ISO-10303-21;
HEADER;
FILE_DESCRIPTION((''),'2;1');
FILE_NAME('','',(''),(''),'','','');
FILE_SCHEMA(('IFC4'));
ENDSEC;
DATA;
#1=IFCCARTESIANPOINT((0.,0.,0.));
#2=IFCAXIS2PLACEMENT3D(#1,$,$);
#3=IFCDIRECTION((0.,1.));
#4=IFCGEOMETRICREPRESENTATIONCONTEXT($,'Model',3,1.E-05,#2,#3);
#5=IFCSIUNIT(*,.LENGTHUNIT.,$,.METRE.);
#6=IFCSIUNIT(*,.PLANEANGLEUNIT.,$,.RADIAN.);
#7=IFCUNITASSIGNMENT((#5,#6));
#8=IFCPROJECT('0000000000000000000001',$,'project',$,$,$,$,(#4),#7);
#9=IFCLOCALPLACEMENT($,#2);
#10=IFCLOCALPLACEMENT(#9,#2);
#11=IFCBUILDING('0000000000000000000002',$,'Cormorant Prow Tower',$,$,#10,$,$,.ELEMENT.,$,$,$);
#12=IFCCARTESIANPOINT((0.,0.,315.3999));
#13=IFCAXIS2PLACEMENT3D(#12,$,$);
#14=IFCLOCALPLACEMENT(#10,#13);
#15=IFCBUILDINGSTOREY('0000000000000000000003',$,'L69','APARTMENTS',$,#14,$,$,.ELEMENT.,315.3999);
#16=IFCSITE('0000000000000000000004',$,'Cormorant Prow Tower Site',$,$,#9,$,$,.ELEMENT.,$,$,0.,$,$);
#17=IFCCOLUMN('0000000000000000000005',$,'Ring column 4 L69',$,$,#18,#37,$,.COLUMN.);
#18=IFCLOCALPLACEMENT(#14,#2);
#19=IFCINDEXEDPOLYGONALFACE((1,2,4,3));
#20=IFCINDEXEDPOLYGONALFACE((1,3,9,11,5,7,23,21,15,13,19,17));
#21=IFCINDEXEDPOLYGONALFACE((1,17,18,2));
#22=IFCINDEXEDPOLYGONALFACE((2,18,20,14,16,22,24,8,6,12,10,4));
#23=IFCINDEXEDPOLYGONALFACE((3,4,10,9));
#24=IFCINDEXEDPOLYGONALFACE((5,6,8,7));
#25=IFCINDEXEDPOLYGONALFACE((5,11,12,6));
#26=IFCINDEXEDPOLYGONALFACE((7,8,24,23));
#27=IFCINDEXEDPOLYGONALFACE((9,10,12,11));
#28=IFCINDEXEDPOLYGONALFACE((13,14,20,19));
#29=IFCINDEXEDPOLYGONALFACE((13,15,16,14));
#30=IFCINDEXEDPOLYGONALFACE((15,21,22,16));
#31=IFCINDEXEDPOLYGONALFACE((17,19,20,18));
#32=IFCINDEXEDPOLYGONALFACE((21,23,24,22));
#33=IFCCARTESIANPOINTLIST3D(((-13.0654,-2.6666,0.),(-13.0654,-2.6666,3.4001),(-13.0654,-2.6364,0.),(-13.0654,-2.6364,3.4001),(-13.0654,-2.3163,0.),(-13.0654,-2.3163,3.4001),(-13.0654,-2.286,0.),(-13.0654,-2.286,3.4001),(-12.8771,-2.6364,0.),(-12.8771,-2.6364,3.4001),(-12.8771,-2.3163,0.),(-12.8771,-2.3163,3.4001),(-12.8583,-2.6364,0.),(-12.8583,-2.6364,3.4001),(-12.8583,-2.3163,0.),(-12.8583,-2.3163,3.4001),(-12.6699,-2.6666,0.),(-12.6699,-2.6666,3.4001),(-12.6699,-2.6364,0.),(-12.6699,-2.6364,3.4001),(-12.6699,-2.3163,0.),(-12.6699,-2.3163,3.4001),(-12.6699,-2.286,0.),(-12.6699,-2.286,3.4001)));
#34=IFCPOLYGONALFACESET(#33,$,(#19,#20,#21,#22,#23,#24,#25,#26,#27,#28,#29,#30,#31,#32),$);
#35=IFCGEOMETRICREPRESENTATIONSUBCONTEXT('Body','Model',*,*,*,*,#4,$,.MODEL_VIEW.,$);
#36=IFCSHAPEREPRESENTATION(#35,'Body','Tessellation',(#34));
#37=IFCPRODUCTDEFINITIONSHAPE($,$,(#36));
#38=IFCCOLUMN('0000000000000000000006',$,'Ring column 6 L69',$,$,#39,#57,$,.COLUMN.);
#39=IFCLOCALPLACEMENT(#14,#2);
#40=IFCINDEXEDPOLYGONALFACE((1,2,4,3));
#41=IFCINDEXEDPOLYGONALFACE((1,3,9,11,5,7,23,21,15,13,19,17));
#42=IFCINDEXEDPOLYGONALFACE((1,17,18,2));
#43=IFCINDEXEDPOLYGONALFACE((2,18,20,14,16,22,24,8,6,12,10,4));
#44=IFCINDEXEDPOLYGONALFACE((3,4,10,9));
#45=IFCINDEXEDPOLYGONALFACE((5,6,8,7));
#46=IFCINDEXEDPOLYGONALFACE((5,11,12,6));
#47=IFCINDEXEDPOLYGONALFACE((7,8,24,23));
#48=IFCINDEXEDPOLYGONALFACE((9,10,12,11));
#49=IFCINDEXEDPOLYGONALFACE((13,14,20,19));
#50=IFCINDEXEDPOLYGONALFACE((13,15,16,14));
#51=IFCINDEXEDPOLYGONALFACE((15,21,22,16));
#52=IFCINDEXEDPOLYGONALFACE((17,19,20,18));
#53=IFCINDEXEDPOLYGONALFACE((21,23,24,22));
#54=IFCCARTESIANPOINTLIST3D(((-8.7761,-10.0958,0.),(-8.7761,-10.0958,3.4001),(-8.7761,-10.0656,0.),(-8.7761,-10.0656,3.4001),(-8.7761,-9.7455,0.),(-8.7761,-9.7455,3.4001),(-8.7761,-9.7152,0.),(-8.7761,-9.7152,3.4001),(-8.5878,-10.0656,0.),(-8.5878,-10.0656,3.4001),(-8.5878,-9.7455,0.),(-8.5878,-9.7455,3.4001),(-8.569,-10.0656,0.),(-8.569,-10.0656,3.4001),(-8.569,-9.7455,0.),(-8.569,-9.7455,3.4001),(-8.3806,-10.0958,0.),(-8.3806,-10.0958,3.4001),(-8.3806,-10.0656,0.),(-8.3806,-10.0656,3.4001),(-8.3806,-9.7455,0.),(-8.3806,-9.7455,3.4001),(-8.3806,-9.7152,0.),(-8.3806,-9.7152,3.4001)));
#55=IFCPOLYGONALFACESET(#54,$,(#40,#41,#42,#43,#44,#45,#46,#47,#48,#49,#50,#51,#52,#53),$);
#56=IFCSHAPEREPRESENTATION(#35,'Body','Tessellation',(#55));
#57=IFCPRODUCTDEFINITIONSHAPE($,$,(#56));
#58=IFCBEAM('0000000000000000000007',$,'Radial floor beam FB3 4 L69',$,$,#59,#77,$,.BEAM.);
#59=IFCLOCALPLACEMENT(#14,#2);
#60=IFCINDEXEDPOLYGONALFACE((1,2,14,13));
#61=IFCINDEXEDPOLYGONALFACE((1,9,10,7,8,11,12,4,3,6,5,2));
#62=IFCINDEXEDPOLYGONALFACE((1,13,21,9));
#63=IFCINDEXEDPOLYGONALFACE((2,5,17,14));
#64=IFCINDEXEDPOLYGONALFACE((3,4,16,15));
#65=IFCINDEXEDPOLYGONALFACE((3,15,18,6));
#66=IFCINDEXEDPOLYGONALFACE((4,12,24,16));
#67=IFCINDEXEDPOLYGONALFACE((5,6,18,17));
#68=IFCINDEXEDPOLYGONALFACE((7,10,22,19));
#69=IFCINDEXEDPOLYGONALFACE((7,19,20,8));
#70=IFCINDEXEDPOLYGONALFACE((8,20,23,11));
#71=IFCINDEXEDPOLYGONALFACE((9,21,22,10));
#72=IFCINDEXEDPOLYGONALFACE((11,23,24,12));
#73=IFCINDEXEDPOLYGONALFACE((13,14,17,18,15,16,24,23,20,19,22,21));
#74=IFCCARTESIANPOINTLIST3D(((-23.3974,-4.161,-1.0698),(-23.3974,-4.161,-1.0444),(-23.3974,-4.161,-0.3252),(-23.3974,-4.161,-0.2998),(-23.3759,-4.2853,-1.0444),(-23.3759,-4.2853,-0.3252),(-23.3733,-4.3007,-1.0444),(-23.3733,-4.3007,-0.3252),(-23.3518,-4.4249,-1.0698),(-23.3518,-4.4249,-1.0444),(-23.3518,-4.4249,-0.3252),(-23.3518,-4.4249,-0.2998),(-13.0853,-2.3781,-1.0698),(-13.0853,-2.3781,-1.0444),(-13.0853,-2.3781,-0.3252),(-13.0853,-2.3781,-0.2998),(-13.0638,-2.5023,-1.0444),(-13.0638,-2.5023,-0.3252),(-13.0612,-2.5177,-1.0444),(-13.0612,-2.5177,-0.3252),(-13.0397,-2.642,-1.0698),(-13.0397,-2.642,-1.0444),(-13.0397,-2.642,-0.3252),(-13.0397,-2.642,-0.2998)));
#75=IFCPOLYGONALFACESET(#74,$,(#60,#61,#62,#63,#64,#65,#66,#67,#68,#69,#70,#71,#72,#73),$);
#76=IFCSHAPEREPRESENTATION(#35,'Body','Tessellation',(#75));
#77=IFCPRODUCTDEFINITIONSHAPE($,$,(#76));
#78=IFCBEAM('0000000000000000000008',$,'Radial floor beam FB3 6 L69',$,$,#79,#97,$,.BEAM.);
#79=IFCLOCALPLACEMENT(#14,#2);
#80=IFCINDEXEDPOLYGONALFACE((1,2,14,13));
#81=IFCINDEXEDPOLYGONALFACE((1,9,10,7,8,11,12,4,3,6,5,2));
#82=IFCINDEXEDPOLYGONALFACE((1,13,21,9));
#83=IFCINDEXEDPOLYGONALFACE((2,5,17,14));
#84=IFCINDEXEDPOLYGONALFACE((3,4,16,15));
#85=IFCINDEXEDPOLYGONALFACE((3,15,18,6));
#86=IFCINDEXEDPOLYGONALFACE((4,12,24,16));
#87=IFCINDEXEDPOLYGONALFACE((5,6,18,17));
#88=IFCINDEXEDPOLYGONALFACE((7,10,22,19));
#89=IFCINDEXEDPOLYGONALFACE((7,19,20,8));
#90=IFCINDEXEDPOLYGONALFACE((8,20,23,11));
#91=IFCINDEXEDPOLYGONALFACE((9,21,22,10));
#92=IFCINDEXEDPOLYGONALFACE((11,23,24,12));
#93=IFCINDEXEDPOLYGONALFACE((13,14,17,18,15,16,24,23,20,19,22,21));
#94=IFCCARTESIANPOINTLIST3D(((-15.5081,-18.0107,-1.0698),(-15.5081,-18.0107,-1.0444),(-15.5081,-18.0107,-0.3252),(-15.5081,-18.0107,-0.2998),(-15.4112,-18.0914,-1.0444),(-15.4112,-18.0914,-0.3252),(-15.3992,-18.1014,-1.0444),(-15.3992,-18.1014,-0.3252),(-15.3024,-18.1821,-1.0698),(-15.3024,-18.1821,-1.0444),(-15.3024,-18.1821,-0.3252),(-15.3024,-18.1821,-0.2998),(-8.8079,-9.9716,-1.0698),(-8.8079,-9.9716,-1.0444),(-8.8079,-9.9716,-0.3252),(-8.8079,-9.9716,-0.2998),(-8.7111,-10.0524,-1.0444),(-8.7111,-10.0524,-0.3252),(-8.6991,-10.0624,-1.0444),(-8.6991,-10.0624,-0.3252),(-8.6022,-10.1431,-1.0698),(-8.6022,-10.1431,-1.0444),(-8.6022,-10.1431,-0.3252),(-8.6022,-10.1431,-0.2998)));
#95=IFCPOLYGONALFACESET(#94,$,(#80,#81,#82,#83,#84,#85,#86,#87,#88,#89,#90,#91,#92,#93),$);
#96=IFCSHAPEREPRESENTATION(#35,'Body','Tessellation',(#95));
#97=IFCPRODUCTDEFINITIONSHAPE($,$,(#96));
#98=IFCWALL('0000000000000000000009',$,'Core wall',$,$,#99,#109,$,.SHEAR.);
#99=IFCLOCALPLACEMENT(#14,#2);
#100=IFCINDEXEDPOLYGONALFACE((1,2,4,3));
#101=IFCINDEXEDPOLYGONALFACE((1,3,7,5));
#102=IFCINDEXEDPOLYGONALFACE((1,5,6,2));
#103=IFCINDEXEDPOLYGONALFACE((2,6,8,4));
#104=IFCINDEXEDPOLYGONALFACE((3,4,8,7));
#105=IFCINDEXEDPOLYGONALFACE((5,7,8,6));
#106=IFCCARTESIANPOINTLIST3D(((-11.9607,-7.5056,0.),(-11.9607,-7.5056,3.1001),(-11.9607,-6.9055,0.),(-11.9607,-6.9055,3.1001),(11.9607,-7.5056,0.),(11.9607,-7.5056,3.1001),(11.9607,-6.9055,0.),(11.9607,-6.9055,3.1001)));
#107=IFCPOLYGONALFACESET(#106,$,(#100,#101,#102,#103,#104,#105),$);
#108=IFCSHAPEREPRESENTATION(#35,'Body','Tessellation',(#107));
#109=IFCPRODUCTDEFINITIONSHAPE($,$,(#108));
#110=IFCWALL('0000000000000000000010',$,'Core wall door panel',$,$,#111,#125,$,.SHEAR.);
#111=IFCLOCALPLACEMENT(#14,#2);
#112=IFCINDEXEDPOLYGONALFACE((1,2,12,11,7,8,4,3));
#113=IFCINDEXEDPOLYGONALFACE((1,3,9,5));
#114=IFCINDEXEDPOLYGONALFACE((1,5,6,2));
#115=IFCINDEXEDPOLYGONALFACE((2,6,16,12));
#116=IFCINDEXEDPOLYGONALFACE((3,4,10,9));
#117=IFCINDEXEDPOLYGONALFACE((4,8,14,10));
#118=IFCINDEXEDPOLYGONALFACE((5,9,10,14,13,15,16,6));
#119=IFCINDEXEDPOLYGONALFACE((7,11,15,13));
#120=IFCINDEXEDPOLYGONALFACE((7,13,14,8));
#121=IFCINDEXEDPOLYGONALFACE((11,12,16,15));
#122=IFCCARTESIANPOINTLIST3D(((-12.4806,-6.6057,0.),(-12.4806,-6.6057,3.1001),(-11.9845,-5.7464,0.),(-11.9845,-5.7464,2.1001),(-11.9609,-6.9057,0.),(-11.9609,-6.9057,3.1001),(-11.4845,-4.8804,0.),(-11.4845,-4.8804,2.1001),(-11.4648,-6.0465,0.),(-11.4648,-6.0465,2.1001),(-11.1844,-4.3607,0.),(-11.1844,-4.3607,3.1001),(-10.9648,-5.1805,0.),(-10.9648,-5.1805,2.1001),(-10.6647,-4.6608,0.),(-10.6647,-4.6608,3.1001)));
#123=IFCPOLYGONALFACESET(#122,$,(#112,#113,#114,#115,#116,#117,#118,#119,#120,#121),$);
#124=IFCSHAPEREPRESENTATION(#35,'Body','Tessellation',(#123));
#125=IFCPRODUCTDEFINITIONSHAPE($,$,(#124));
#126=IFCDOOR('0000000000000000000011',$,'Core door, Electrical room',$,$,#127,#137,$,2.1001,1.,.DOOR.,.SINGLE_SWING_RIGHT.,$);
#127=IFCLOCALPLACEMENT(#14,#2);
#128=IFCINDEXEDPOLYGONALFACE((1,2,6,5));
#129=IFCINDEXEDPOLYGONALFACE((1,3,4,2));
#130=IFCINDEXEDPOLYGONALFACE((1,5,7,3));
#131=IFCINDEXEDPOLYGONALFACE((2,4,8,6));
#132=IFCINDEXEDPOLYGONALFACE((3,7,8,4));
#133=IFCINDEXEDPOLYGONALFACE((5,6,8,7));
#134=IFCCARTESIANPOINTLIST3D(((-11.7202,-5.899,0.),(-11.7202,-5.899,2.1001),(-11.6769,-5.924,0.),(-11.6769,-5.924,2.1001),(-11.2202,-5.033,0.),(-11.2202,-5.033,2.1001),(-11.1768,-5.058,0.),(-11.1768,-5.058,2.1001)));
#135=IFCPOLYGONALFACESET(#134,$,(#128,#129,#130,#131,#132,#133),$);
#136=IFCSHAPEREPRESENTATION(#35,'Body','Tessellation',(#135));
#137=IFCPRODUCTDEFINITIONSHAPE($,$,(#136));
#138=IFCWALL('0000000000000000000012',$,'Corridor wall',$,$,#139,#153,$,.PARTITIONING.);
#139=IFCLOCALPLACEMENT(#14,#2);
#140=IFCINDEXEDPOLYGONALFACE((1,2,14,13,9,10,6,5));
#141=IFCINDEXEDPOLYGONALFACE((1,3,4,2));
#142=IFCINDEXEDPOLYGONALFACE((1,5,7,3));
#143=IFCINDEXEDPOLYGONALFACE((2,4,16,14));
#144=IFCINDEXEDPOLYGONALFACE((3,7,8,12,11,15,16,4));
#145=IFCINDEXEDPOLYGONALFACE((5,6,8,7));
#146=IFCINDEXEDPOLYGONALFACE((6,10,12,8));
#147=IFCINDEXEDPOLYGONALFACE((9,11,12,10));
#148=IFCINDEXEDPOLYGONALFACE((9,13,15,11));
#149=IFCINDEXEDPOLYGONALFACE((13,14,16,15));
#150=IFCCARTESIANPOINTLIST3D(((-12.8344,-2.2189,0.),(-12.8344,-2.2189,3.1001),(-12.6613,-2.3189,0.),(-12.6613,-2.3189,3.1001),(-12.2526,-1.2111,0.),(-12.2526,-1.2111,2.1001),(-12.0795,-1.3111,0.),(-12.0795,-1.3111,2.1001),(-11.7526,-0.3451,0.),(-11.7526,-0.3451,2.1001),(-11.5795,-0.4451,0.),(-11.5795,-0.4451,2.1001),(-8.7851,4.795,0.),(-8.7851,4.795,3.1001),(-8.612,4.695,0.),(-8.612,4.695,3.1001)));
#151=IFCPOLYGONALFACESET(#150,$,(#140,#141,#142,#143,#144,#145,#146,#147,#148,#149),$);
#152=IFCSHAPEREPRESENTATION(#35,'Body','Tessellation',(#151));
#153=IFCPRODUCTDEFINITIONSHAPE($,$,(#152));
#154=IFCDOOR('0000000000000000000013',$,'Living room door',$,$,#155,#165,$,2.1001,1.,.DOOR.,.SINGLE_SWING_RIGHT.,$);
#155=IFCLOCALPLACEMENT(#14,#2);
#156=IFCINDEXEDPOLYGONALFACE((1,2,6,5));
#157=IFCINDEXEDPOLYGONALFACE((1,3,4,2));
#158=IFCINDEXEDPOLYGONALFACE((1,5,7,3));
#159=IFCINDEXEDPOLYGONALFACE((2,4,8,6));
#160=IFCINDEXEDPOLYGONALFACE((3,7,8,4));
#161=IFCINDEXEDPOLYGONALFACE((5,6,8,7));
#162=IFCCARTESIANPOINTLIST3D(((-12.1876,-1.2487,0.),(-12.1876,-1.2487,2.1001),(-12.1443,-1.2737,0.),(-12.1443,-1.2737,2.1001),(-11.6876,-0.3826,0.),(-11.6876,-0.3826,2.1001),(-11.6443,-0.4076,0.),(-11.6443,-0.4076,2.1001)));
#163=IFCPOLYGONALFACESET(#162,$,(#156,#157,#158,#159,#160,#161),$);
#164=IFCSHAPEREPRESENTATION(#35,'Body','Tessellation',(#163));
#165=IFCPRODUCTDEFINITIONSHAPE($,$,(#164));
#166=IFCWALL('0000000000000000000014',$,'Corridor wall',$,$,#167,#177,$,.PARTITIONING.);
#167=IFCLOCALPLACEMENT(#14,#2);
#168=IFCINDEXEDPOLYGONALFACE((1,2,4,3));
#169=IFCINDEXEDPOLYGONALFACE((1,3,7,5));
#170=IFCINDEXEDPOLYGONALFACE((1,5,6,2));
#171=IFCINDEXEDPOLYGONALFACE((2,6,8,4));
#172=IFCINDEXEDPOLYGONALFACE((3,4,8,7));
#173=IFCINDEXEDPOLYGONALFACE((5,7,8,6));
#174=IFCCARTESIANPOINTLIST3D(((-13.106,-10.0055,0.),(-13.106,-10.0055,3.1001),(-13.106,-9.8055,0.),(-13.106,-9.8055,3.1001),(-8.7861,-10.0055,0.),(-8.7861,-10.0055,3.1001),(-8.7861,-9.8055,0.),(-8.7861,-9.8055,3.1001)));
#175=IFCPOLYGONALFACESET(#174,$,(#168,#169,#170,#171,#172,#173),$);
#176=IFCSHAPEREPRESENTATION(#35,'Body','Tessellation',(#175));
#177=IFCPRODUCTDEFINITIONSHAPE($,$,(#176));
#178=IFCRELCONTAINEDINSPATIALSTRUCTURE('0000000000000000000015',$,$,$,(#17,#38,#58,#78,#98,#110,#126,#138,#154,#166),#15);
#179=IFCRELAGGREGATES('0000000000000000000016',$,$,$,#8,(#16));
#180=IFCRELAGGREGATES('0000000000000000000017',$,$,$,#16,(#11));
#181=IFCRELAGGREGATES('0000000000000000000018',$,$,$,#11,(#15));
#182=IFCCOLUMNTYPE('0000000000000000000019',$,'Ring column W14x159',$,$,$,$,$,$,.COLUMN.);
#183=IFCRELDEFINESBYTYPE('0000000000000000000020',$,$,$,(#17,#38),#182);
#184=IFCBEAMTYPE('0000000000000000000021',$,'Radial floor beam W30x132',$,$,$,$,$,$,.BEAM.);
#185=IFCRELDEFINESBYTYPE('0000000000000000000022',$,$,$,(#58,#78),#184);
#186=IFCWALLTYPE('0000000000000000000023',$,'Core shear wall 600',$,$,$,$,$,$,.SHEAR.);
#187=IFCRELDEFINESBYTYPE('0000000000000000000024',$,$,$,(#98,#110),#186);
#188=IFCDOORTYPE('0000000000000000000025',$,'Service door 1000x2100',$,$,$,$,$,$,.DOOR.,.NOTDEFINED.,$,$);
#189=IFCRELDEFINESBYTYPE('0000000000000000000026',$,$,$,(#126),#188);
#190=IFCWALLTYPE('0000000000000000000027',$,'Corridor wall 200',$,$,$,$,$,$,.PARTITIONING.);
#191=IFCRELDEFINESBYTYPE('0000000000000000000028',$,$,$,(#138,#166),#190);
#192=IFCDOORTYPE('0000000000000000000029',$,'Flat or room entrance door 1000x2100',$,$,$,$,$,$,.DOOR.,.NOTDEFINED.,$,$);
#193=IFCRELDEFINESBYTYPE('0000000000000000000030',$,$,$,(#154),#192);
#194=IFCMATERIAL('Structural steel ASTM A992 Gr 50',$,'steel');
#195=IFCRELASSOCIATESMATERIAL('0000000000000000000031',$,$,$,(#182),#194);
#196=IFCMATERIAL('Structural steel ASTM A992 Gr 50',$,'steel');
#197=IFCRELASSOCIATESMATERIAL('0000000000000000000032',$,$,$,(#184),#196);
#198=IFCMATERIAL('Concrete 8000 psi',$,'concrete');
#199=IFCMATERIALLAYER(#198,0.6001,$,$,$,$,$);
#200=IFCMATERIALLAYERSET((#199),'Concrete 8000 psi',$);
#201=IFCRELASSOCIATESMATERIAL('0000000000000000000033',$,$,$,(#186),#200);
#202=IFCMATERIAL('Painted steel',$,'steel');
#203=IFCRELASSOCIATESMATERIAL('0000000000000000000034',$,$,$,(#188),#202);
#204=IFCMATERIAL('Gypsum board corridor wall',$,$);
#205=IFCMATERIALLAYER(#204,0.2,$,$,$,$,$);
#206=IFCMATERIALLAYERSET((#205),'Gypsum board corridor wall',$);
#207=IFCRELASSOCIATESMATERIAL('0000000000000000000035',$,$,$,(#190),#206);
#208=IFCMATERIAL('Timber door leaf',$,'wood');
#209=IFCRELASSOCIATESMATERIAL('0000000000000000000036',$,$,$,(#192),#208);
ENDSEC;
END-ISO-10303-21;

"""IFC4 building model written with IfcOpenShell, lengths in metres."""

from ifc_helpers import new_model, si_unit, direction, frame, frame_2d, origin, origin_2d, place, context, subcontext, project, spatial, rectangle, i_section, extrude, material, layer, layer_set, material_profile, profile_set, type_object, element, fill, save


model = new_model("IFC4")

# Units and contexts
model_context = context("Model", 3, precision=1e-05, world=origin(), true_north=direction((0.0, 1.0)))
body_context = subcontext(model_context, "Body", "Model", "MODEL_VIEW")
ifc_project = project(units=[si_unit("LENGTHUNIT", "METRE"), si_unit("PLANEANGLEUNIT", "RADIAN")], contexts=[model_context])

# Site, building, storey
site_placement = place(None, origin())
site = spatial("IfcSite", under=ifc_project, at=site_placement, Name="Cormorant Prow Tower Site", CompositionType="ELEMENT", RefElevation=0.0)
building_placement = place(site_placement, origin())
building = spatial("IfcBuilding", under=site, at=building_placement, Name="Cormorant Prow Tower", CompositionType="ELEMENT")
storey_placement = place(building_placement, frame((0.0, 0.0, 315.3999)))
storey = spatial("IfcBuildingStorey", under=building, at=storey_placement, Name="L69", Description="APARTMENTS", CompositionType="ELEMENT", Elevation=315.3999)

# Columns
ifc_material_1 = material(Name="Structural steel ASTM A992 Gr 50", Category="steel")
ifc_material_profile_1 = material_profile(ifc_material_1, i_section(OverallWidth=0.3955, OverallDepth=0.3806, WebThickness=0.0188, FlangeThickness=0.0303, at=origin_2d()), Name="W14x159")
ifc_profile_set_1 = profile_set([ifc_material_profile_1], Name="Structural steel ASTM A992 Gr 50")
column_type = type_object("IfcColumnType", Name="Ring column W14x159", PredefinedType="COLUMN", material=ifc_profile_set_1)
for number, where, z_axis, x_axis, name in (
    (1, (-12.8677, -2.4763, 0.0), (0.0, 0.0, 1.0), (1.0, 0.0, 0.0), "Ring column 4 L69"),
    (2, (-8.5784, -9.9055, 0.0), (0.0, 0.0, 1.0), (1.0, 0.0, 0.0), "Ring column 6 L69"),
):
    element("IfcColumn", number, at=place(storey_placement, frame(where, z_axis=z_axis, x_axis=x_axis)), inside=storey, type_object=column_type, Name=name, PredefinedType="COLUMN", context=body_context, shape_type="SweptSolid", body=[
        extrude(i_section(OverallWidth=0.3955, OverallDepth=0.3806, WebThickness=0.0188, FlangeThickness=0.0303, at=origin_2d()), origin(), (0.0, 0.0, 1.0), 3.4001),
    ])

# Beams
ifc_material_2 = material(Name="Structural steel ASTM A992 Gr 50", Category="steel")
ifc_material_profile_2 = material_profile(ifc_material_2, i_section(OverallWidth=0.2678, OverallDepth=0.77, WebThickness=0.0156, FlangeThickness=0.0254, at=origin_2d()), Name="W30x132")
ifc_profile_set_2 = profile_set([ifc_material_profile_2], Name="Structural steel ASTM A992 Gr 50")
beam_type = type_object("IfcBeamType", Name="Radial floor beam W30x132", PredefinedType="BEAM", material=ifc_profile_set_2)
for number, where, z_axis, x_axis, name in (
    (3, (-13.0625, -2.51, -0.6848), (-0.98538, -0.170373, 0.0), (0.170373, -0.98538, 0.0), "Radial floor beam FB3 4 L69"),
    (4, (-8.7051, -10.0574, -0.6848), (-0.640239, -0.768175, 0.0), (0.768175, -0.640239, 0.0), "Radial floor beam FB3 6 L69"),
):
    element("IfcBeam", number, at=place(storey_placement, frame(where, z_axis=z_axis, x_axis=x_axis)), inside=storey, type_object=beam_type, Name=name, PredefinedType="BEAM", context=body_context, shape_type="SweptSolid", body=[
        extrude(i_section(OverallWidth=0.2678, OverallDepth=0.77, WebThickness=0.0156, FlangeThickness=0.0254, at=origin_2d()), origin(), (0.0, 0.0, 1.0), 10.4651),
    ])

# Wall
ifc_material_3 = material(Name="Concrete 8000 psi", Category="concrete")
ifc_layer_1 = layer(ifc_material_3, 0.6001)
ifc_layer_set_1 = layer_set([ifc_layer_1], Name="Concrete 8000 psi")
wall_type_1 = type_object("IfcWallType", Name="Core shear wall 600", PredefinedType="SHEAR", material=ifc_layer_set_1)
wall_1_placement = place(storey_placement, frame((-11.9607, -7.2056, 0.0), z_axis=(0.0, 0.0, 1.0), x_axis=(1.0, 0.0, 0.0)))
element("IfcWall", 5, at=wall_1_placement, inside=storey, type_object=wall_type_1, Name="Core wall", PredefinedType="SHEAR", context=body_context, shape_type="SweptSolid", body=[
    extrude(rectangle(XDim=23.9214, YDim=0.6001, at=frame_2d((11.9607, 0.0))), origin(), (0.0, 0.0, 1.0), 3.1001),
])

# Walls, openings, doors
wall_2_placement = place(storey_placement, frame((-10.9246, -4.5107, 0.0), z_axis=(0.0, 0.0, 1.0), x_axis=(-0.500019, -0.866015, 0.0)))
wall_2 = element("IfcWall", 6, at=wall_2_placement, inside=storey, type_object=wall_type_1, Name="Core wall door panel", PredefinedType="SHEAR", context=body_context, shape_type="SweptSolid", body=[
    extrude(rectangle(XDim=2.5923, YDim=0.6001, at=frame_2d((1.2961, 0.0))), origin(), (0.0, 0.0, 1.0), 3.1001),
])
opening_1_placement = place(wall_2_placement, frame((0.6001, 0.0, 0.0)))
opening_1 = element("IfcOpeningElement", 7, at=opening_1_placement, cuts=wall_2, PredefinedType="OPENING", context=body_context, shape_type="SweptSolid", body=[
    extrude(rectangle(XDim=1.0, YDim=2.1001, at=frame_2d((0.5, 1.05))), frame((0.0, 0.3101, 0.0), z_axis=(0.0, -1.0, 0.0), x_axis=(1.0, 0.0, 0.0)), (0.0, 0.0, 1.0), 0.6201),
])
ifc_material_4 = material(Name="Painted steel", Category="steel")
door_type_1 = type_object("IfcDoorType", Name="Service door 1000x2100", OperationType="NOTDEFINED", PredefinedType="DOOR", material=ifc_material_4)
door_1_placement = place(opening_1_placement, origin())
door_1 = element("IfcDoor", 8, at=door_1_placement, inside=storey, type_object=door_type_1, Name="Core door, Electrical room", OperationType="SINGLE_SWING_RIGHT", OverallHeight=2.1001, OverallWidth=1.0, PredefinedType="DOOR", context=body_context, shape_type="SweptSolid", body=[
    extrude(rectangle(XDim=1.0, YDim=2.1001, at=frame_2d((0.5, 1.05))), frame((0.0, 0.0552, 0.0), z_axis=(0.0, -1.0, 0.0), x_axis=(1.0, 0.0, 0.0)), (0.0, 0.0, 1.0), 0.05),
])
fill(opening_1, door_1)
ifc_material_5 = material(Name="Gypsum board corridor wall")
ifc_layer_2 = layer(ifc_material_5, 0.2)
ifc_layer_set_2 = layer_set([ifc_layer_2], Name="Gypsum board corridor wall")
wall_type_2 = type_object("IfcWallType", Name="Corridor wall 200", PredefinedType="PARTITIONING", material=ifc_layer_set_2)
wall_3_placement = place(storey_placement, frame((-12.7478, -2.2688, 0.0), z_axis=(0.0, 0.0, 1.0), x_axis=(0.499984, 0.866034, 0.0)))
wall_3 = element("IfcWall", 9, at=wall_3_placement, inside=storey, type_object=wall_type_2, Name="Corridor wall", PredefinedType="PARTITIONING", context=body_context, shape_type="SweptSolid", body=[
    extrude(rectangle(XDim=8.0989, YDim=0.2, at=frame_2d((4.0493, 0.0))), origin(), (0.0, 0.0, 1.0), 3.1001),
])
opening_2_placement = place(wall_3_placement, frame((1.1636, 0.0, 0.0)))
opening_2 = element("IfcOpeningElement", 10, at=opening_2_placement, cuts=wall_3, PredefinedType="OPENING", context=body_context, shape_type="SweptSolid", body=[
    extrude(rectangle(XDim=1.0, YDim=2.1001, at=frame_2d((0.5, 1.05))), frame((0.0, 0.1099, 0.0), z_axis=(0.0, -1.0, 0.0), x_axis=(1.0, 0.0, 0.0)), (0.0, 0.0, 1.0), 0.22),
])
ifc_material_6 = material(Name="Timber door leaf", Category="wood")
door_type_2 = type_object("IfcDoorType", Name="Flat or room entrance door 1000x2100", OperationType="NOTDEFINED", PredefinedType="DOOR", material=ifc_material_6)
door_2_placement = place(opening_2_placement, origin())
door_2 = element("IfcDoor", 11, at=door_2_placement, inside=storey, type_object=door_type_2, Name="Living room door", OperationType="SINGLE_SWING_RIGHT", OverallHeight=2.1001, OverallWidth=1.0, PredefinedType="DOOR", context=body_context, shape_type="SweptSolid", body=[
    extrude(rectangle(XDim=1.0, YDim=2.1001, at=frame_2d((0.5, 1.05))), frame((0.0, 0.0249, 0.0), z_axis=(0.0, -1.0, 0.0), x_axis=(1.0, 0.0, 0.0)), (0.0, 0.0, 1.0), 0.05),
])
fill(opening_2, door_2)

# Wall
wall_4_placement = place(storey_placement, frame((-13.106, -9.9055, 0.0), z_axis=(0.0, 0.0, 1.0), x_axis=(1.0, 0.0, 0.0)))
element("IfcWall", 12, at=wall_4_placement, inside=storey, type_object=wall_type_2, Name="Corridor wall", PredefinedType="PARTITIONING", context=body_context, shape_type="SweptSolid", body=[
    extrude(rectangle(XDim=4.3198, YDim=0.2, at=frame_2d((2.1599, 0.0))), origin(), (0.0, 0.0, 1.0), 3.1001),
])

save(model, "model.ifc")
